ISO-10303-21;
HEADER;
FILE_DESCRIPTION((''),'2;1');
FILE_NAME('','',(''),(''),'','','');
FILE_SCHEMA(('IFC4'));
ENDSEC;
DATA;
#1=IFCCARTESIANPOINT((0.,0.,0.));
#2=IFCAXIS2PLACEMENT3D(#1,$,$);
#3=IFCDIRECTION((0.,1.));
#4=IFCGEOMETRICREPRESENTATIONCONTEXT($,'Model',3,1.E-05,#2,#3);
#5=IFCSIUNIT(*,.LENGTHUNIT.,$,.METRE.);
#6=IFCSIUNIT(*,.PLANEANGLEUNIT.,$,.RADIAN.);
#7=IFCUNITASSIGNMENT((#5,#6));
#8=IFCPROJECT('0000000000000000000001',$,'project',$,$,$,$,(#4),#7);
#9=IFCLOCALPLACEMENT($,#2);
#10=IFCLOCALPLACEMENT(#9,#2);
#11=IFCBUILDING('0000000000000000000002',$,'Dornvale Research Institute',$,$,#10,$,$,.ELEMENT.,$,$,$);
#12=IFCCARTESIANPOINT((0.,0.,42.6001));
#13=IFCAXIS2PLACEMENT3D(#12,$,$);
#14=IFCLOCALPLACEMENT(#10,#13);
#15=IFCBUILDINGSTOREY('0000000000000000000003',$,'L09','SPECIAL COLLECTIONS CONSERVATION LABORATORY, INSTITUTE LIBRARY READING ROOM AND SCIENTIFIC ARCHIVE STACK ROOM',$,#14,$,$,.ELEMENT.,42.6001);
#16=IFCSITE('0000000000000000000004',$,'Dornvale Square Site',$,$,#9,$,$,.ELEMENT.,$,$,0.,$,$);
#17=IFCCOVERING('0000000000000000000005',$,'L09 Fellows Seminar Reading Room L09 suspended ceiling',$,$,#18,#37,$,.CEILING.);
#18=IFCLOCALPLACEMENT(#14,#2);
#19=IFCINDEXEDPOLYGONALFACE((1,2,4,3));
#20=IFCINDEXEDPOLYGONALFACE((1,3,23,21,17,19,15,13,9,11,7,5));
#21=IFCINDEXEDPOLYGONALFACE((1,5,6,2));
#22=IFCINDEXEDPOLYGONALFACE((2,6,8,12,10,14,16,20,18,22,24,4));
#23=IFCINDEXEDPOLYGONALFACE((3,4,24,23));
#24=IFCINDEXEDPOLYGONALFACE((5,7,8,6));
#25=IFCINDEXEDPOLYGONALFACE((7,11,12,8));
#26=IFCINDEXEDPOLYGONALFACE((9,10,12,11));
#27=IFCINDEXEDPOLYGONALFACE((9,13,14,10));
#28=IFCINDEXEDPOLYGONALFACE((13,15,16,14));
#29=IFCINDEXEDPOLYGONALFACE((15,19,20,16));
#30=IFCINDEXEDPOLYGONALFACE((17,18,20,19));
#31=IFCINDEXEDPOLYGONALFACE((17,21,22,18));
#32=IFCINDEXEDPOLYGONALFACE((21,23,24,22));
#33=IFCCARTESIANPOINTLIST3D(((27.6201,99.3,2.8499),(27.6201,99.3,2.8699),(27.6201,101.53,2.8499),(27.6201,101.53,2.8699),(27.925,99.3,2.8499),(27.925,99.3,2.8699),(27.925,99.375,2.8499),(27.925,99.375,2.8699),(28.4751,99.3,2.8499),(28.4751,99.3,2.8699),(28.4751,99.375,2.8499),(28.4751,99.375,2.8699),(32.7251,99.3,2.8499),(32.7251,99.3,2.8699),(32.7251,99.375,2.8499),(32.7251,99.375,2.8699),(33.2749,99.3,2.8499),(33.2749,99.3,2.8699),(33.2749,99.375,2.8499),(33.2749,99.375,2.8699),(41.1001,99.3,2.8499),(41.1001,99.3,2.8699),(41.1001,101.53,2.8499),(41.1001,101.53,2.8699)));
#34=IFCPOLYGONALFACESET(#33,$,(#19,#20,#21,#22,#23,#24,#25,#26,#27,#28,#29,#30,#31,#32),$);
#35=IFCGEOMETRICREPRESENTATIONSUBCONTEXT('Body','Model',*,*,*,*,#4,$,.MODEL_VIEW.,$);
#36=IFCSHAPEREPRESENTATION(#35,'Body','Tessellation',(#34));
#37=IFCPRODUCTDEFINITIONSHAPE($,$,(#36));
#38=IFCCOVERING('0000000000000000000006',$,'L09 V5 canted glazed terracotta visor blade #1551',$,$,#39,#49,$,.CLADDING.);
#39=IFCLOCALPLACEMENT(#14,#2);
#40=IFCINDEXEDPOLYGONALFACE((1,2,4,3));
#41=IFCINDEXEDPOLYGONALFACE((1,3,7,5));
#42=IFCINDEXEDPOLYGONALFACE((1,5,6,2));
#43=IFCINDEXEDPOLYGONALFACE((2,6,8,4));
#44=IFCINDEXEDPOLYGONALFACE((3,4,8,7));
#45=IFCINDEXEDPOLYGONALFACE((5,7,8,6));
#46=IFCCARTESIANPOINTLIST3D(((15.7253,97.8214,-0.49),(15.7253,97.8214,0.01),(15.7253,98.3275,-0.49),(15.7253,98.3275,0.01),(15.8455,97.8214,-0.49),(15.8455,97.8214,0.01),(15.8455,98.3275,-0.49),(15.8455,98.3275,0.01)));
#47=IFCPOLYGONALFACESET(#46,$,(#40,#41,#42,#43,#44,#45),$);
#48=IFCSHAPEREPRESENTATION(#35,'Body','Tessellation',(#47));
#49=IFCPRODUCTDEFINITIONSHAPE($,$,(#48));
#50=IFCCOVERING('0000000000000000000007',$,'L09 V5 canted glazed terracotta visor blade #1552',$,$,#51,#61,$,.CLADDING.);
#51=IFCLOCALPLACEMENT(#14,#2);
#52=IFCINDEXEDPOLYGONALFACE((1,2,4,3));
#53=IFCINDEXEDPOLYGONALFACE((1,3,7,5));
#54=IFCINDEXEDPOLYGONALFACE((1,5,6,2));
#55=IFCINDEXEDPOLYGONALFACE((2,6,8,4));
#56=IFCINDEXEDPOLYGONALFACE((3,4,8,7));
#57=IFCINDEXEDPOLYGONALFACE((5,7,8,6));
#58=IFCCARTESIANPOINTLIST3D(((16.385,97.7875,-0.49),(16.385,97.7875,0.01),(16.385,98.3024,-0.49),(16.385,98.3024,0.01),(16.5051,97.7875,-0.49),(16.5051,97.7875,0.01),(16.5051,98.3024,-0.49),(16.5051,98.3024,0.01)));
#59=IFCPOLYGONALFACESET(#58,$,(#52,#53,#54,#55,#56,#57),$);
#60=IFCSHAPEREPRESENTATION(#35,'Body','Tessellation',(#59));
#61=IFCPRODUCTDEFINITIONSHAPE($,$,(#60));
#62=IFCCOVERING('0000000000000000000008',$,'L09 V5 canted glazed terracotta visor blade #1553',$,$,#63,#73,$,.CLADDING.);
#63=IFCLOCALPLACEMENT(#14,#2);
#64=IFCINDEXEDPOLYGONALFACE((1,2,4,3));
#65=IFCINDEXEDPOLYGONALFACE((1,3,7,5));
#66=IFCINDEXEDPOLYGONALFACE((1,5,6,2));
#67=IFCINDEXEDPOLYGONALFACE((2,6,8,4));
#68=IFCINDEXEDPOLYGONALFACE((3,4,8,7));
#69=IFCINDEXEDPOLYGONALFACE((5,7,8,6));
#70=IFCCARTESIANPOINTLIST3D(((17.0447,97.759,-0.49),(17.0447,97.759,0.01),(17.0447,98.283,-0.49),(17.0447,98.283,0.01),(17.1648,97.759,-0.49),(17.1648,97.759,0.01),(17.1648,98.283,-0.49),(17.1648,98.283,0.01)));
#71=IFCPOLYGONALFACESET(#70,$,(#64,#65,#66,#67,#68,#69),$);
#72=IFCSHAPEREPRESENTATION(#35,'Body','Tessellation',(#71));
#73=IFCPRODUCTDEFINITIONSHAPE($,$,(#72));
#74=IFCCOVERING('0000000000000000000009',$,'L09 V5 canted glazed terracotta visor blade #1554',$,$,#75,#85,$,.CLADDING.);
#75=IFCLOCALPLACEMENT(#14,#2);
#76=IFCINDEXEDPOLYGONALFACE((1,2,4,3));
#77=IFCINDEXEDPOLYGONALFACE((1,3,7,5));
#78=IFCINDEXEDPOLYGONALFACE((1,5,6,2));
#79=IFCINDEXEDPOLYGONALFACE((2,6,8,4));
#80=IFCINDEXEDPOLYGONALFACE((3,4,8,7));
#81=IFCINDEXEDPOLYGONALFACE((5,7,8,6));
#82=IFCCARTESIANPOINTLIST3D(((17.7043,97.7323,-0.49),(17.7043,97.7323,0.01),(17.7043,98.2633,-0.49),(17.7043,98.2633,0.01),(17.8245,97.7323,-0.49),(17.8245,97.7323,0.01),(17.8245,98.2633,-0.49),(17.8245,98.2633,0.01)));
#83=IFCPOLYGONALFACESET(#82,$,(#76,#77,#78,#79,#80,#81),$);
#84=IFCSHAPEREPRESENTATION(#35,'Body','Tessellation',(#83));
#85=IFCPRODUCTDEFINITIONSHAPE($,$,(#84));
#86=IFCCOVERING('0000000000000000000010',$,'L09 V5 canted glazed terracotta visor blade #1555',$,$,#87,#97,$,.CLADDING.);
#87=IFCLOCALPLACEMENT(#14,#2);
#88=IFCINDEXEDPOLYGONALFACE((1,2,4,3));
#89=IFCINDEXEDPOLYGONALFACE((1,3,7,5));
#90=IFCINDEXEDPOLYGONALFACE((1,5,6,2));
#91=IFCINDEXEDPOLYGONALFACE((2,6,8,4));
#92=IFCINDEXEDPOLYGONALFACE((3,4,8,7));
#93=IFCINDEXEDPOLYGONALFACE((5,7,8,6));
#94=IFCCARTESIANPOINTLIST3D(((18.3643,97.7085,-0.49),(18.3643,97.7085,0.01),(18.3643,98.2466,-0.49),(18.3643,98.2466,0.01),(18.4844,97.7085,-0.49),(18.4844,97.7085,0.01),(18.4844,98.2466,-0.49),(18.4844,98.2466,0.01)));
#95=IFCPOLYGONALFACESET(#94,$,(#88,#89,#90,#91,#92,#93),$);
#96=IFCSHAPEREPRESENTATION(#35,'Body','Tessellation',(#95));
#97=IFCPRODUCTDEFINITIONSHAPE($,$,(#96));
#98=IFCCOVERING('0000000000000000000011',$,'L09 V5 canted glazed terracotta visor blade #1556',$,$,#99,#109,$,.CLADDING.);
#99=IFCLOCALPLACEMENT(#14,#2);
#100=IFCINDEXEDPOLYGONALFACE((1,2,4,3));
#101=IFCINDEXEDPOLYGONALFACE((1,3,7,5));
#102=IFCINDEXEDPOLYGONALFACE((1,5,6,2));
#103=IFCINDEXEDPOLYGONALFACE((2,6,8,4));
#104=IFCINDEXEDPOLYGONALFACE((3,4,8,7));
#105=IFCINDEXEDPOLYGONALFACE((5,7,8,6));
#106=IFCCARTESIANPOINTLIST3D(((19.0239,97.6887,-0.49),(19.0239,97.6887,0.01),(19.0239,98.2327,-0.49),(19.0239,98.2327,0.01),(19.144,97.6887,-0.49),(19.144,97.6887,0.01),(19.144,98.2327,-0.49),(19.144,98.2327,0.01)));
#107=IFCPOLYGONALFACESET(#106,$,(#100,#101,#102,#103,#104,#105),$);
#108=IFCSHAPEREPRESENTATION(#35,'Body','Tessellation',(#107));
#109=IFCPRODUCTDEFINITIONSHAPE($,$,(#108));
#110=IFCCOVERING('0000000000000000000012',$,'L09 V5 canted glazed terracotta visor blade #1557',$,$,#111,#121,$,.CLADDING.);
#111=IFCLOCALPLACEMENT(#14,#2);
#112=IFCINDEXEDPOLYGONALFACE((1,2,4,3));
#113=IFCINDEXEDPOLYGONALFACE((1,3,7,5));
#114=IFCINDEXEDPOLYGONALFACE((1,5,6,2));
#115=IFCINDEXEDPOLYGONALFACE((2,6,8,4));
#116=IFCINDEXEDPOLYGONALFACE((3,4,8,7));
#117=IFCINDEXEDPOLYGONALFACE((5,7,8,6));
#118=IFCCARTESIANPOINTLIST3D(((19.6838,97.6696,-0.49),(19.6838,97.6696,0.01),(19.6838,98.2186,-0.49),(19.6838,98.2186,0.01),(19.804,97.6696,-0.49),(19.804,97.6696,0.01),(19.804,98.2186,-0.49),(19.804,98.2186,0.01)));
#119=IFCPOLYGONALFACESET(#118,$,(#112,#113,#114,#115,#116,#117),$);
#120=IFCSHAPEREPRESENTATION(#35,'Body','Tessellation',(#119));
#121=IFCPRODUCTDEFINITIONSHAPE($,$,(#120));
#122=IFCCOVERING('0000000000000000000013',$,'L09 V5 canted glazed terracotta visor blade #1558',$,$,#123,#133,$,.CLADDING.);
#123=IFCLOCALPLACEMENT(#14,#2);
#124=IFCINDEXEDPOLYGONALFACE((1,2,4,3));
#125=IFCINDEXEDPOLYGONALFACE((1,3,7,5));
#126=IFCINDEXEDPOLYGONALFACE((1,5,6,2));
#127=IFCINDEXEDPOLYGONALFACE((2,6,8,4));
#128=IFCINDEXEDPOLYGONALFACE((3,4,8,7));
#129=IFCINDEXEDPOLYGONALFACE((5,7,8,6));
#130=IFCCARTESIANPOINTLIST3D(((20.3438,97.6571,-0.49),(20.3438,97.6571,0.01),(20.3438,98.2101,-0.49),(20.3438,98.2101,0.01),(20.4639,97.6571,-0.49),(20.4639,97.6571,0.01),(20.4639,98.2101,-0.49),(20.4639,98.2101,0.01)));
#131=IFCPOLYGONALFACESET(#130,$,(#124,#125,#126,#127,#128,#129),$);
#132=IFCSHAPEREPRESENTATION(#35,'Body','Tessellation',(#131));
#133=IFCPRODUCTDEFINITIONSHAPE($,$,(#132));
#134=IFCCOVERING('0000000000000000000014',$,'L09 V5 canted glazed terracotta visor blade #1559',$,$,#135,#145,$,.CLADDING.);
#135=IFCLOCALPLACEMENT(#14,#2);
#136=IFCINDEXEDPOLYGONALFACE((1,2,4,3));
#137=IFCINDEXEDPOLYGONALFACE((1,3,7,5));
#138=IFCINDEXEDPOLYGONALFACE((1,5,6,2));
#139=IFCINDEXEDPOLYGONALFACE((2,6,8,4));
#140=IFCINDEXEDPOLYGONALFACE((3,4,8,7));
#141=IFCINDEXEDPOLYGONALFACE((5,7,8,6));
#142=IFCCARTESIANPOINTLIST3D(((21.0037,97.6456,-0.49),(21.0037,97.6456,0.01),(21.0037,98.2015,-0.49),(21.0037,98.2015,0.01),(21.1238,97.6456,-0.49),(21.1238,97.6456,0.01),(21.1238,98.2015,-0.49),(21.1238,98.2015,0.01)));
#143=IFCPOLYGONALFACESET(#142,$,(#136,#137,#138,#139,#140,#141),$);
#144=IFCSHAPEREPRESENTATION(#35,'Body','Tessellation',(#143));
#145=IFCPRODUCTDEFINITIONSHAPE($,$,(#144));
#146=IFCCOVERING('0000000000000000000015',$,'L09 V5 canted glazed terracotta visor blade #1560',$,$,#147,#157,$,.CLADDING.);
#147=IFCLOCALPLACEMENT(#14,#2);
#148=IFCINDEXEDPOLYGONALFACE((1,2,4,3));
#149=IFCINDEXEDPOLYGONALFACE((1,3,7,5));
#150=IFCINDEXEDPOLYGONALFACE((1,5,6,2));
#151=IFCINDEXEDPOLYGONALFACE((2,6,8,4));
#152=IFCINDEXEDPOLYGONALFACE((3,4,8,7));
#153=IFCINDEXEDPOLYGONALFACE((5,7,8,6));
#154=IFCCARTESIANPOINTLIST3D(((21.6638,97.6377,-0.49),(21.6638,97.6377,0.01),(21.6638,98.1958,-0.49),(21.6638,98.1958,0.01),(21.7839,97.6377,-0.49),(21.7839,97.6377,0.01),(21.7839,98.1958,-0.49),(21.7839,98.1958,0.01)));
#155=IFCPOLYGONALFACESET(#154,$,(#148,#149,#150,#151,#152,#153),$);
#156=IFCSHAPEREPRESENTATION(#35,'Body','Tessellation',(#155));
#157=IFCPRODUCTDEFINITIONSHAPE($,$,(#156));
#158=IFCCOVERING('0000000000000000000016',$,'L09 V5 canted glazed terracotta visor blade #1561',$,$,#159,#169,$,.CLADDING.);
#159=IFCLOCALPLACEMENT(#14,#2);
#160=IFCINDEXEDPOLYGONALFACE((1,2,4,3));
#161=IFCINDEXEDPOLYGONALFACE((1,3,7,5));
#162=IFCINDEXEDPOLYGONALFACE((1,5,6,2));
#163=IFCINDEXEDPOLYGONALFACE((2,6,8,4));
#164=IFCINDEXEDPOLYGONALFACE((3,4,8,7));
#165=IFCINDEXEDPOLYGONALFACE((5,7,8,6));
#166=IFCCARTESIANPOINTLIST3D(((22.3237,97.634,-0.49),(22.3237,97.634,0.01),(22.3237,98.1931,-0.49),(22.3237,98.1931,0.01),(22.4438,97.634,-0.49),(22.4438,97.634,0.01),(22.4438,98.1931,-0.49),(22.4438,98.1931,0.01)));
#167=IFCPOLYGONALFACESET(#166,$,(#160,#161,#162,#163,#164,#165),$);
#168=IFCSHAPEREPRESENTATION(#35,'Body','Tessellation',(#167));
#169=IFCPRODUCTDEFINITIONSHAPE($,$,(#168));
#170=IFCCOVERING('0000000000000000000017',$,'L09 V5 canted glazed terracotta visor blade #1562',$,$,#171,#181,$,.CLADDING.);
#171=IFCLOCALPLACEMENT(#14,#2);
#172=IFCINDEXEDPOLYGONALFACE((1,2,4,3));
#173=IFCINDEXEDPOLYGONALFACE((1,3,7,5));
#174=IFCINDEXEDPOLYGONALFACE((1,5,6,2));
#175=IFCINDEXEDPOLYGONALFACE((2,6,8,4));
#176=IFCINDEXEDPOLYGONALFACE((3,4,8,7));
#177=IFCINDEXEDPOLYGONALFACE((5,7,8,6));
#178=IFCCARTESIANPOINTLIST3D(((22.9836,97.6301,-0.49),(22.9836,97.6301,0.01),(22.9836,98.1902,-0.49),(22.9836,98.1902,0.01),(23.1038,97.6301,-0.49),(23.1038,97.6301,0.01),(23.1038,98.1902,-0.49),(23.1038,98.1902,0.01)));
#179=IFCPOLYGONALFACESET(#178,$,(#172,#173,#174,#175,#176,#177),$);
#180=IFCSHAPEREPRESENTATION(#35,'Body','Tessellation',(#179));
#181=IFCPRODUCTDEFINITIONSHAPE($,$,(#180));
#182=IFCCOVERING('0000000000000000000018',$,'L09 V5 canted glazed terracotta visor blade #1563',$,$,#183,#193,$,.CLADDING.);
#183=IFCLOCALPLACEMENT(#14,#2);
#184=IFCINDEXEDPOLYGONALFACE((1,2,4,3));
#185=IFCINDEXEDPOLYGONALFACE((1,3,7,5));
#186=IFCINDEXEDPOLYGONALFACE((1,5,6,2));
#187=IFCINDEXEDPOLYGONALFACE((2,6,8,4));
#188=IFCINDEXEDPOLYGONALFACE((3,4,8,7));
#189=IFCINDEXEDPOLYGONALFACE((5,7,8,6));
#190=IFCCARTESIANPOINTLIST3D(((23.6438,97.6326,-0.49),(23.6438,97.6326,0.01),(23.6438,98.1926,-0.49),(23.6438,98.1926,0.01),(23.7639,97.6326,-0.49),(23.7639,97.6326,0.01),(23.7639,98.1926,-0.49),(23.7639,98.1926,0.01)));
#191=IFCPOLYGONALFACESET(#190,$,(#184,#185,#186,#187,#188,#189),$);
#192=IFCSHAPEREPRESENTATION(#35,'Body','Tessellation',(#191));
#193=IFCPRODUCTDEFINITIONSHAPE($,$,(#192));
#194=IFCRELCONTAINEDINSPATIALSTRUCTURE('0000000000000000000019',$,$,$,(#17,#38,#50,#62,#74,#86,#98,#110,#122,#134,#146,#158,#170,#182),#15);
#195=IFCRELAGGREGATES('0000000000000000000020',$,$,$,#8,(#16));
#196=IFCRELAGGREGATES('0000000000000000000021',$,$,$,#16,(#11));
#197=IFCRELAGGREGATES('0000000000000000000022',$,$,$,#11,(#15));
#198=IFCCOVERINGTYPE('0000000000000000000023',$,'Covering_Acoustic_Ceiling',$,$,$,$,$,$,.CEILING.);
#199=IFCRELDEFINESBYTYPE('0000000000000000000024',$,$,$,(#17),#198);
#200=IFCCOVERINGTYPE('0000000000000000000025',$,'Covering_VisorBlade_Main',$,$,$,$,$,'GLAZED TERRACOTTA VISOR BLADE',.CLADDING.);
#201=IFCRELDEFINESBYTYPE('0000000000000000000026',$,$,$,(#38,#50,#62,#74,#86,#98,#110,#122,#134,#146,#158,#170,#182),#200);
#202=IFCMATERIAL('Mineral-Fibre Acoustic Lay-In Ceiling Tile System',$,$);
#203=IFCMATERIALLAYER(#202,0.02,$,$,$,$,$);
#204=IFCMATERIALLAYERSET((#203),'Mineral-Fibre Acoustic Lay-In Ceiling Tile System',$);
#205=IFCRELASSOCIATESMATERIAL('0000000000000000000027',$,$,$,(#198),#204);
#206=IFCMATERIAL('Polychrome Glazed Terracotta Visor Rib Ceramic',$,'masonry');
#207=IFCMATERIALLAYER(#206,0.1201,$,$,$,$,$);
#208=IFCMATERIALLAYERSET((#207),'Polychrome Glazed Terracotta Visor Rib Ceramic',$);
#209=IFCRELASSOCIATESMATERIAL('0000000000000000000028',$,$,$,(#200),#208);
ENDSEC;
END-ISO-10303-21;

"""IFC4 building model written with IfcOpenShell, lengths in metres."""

from ifc_helpers import new_model, si_unit, direction, frame, origin, origin_2d, place, context, subcontext, project, spatial, polyline, rectangle, outline, extrude, material, layer, layer_set, type_object, element, save


model = new_model("IFC4")

# Units and contexts
model_context = context("Model", 3, precision=1e-05, world=origin(), true_north=direction((0.0, 1.0)))
body_context = subcontext(model_context, "Body", "Model", "MODEL_VIEW")
ifc_project = project(units=[si_unit("LENGTHUNIT", "METRE"), si_unit("PLANEANGLEUNIT", "RADIAN")], contexts=[model_context])

# Site, building, storey
site_placement = place(None, origin())
site = spatial("IfcSite", under=ifc_project, at=site_placement, Name="Dornvale Square Site", CompositionType="ELEMENT", RefElevation=0.0)
building_placement = place(site_placement, origin())
building = spatial("IfcBuilding", under=site, at=building_placement, Name="Dornvale Research Institute", CompositionType="ELEMENT")
storey_placement = place(building_placement, frame((0.0, 0.0, 42.6001)))
storey = spatial("IfcBuildingStorey", under=building, at=storey_placement, Name="L09", Description="SPECIAL COLLECTIONS CONSERVATION LABORATORY, INSTITUTE LIBRARY READING ROOM AND SCIENTIFIC ARCHIVE STACK ROOM", CompositionType="ELEMENT", Elevation=42.6001)

# Coverings
ifc_material_1 = material(Name="Mineral-Fibre Acoustic Lay-In Ceiling Tile System")
ifc_layer_1 = layer(ifc_material_1, 0.02)
ifc_layer_set_1 = layer_set([ifc_layer_1], Name="Mineral-Fibre Acoustic Lay-In Ceiling Tile System")
covering_type_1 = type_object("IfcCoveringType", Name="Covering_Acoustic_Ceiling", PredefinedType="CEILING", material=ifc_layer_set_1)
covering_1_placement = place(storey_placement, frame((0.0, 0.0, 2.8499)))
element("IfcCovering", 1, at=covering_1_placement, inside=storey, type_object=covering_type_1, Name="L09 Fellows Seminar Reading Room L09 suspended ceiling", PredefinedType="CEILING", context=body_context, shape_type="SweptSolid", body=[
    extrude(outline(polyline([(32.7251, 99.3), (28.4751, 99.3), (28.4751, 99.375), (27.925, 99.375), (27.925, 99.3), (27.6201, 99.3), (27.6201, 101.53), (41.1001, 101.53), (41.1001, 99.3), (33.2749, 99.3), (33.2749, 99.375), (32.7251, 99.375), (32.7251, 99.3)])), origin(), (0.0, 0.0, 1.0), 0.02),
])
ifc_material_2 = material(Name="Polychrome Glazed Terracotta Visor Rib Ceramic", Category="masonry")
ifc_layer_2 = layer(ifc_material_2, 0.1201)
ifc_layer_set_2 = layer_set([ifc_layer_2], Name="Polychrome Glazed Terracotta Visor Rib Ceramic")
covering_type_2 = type_object("IfcCoveringType", Name="Covering_VisorBlade_Main", ElementType="GLAZED TERRACOTTA VISOR BLADE", PredefinedType="CLADDING", material=ifc_layer_set_2)
covering_2_placement = place(storey_placement, frame((15.7854, 98.0745, -0.49), z_axis=(0.0, 0.0, 1.0), x_axis=(0.0, 1.0, 0.0)))
element("IfcCovering", 2, at=covering_2_placement, inside=storey, type_object=covering_type_2, Name="L09 V5 canted glazed terracotta visor blade #1551", PredefinedType="CLADDING", context=body_context, shape_type="SweptSolid", body=[
    extrude(rectangle(XDim=0.5061, YDim=0.1201, at=origin_2d()), origin(), (0.0, 0.0, 1.0), 0.5),
])
covering_3_placement = place(storey_placement, frame((16.4451, 98.0449, -0.49), z_axis=(0.0, 0.0, 1.0), x_axis=(0.0, 1.0, 0.0)))
element("IfcCovering", 3, at=covering_3_placement, inside=storey, type_object=covering_type_2, Name="L09 V5 canted glazed terracotta visor blade #1552", PredefinedType="CLADDING", context=body_context, shape_type="SweptSolid", body=[
    extrude(rectangle(XDim=0.5149, YDim=0.1201, at=origin_2d()), origin(), (0.0, 0.0, 1.0), 0.5),
])
covering_4_placement = place(storey_placement, frame((17.1047, 98.021, -0.49), z_axis=(0.0, 0.0, 1.0), x_axis=(0.0, 1.0, 0.0)))
element("IfcCovering", 4, at=covering_4_placement, inside=storey, type_object=covering_type_2, Name="L09 V5 canted glazed terracotta visor blade #1553", PredefinedType="CLADDING", context=body_context, shape_type="SweptSolid", body=[
    extrude(rectangle(XDim=0.5239, YDim=0.1201, at=origin_2d()), origin(), (0.0, 0.0, 1.0), 0.5),
])
covering_5_placement = place(storey_placement, frame((17.7644, 97.9978, -0.49), z_axis=(0.0, 0.0, 1.0), x_axis=(0.0, 1.0, 0.0)))
element("IfcCovering", 5, at=covering_5_placement, inside=storey, type_object=covering_type_2, Name="L09 V5 canted glazed terracotta visor blade #1554", PredefinedType="CLADDING", context=body_context, shape_type="SweptSolid", body=[
    extrude(rectangle(XDim=0.531, YDim=0.1201, at=origin_2d()), origin(), (0.0, 0.0, 1.0), 0.5),
])
covering_6_placement = place(storey_placement, frame((18.4243, 97.9775, -0.49), z_axis=(0.0, 0.0, 1.0), x_axis=(0.0, 1.0, 0.0)))
element("IfcCovering", 6, at=covering_6_placement, inside=storey, type_object=covering_type_2, Name="L09 V5 canted glazed terracotta visor blade #1555", PredefinedType="CLADDING", context=body_context, shape_type="SweptSolid", body=[
    extrude(rectangle(XDim=0.5381, YDim=0.1201, at=origin_2d()), origin(), (0.0, 0.0, 1.0), 0.5),
])
covering_7_placement = place(storey_placement, frame((19.084, 97.9607, -0.49), z_axis=(0.0, 0.0, 1.0), x_axis=(0.0, 1.0, 0.0)))
element("IfcCovering", 7, at=covering_7_placement, inside=storey, type_object=covering_type_2, Name="L09 V5 canted glazed terracotta visor blade #1556", PredefinedType="CLADDING", context=body_context, shape_type="SweptSolid", body=[
    extrude(rectangle(XDim=0.5439, YDim=0.1201, at=origin_2d()), origin(), (0.0, 0.0, 1.0), 0.5),
])
covering_8_placement = place(storey_placement, frame((19.7439, 97.9441, -0.49), z_axis=(0.0, 0.0, 1.0), x_axis=(0.0, 1.0, 0.0)))
element("IfcCovering", 8, at=covering_8_placement, inside=storey, type_object=covering_type_2, Name="L09 V5 canted glazed terracotta visor blade #1557", PredefinedType="CLADDING", context=body_context, shape_type="SweptSolid", body=[
    extrude(rectangle(XDim=0.5491, YDim=0.1201, at=origin_2d()), origin(), (0.0, 0.0, 1.0), 0.5),
])
covering_9_placement = place(storey_placement, frame((20.4038, 97.9336, -0.49), z_axis=(0.0, 0.0, 1.0), x_axis=(0.0, 1.0, 0.0)))
element("IfcCovering", 9, at=covering_9_placement, inside=storey, type_object=covering_type_2, Name="L09 V5 canted glazed terracotta visor blade #1558", PredefinedType="CLADDING", context=body_context, shape_type="SweptSolid", body=[
    extrude(rectangle(XDim=0.553, YDim=0.1201, at=origin_2d()), origin(), (0.0, 0.0, 1.0), 0.5),
])
covering_10_placement = place(storey_placement, frame((21.0637, 97.9236, -0.49), z_axis=(0.0, 0.0, 1.0), x_axis=(0.0, 1.0, 0.0)))
element("IfcCovering", 10, at=covering_10_placement, inside=storey, type_object=covering_type_2, Name="L09 V5 canted glazed terracotta visor blade #1559", PredefinedType="CLADDING", context=body_context, shape_type="SweptSolid", body=[
    extrude(rectangle(XDim=0.5559, YDim=0.1201, at=origin_2d()), origin(), (0.0, 0.0, 1.0), 0.5),
])
covering_11_placement = place(storey_placement, frame((21.7239, 97.9167, -0.49), z_axis=(0.0, 0.0, 1.0), x_axis=(0.0, 1.0, 0.0)))
element("IfcCovering", 11, at=covering_11_placement, inside=storey, type_object=covering_type_2, Name="L09 V5 canted glazed terracotta visor blade #1560", PredefinedType="CLADDING", context=body_context, shape_type="SweptSolid", body=[
    extrude(rectangle(XDim=0.5581, YDim=0.1201, at=origin_2d()), origin(), (0.0, 0.0, 1.0), 0.5),
])
covering_12_placement = place(storey_placement, frame((22.3838, 97.9136, -0.49), z_axis=(0.0, 0.0, 1.0), x_axis=(0.0, 1.0, 0.0)))
element("IfcCovering", 12, at=covering_12_placement, inside=storey, type_object=covering_type_2, Name="L09 V5 canted glazed terracotta visor blade #1561", PredefinedType="CLADDING", context=body_context, shape_type="SweptSolid", body=[
    extrude(rectangle(XDim=0.5591, YDim=0.1201, at=origin_2d()), origin(), (0.0, 0.0, 1.0), 0.5),
])
for number, where, z_axis, x_axis, name in (
    (13, (23.0437, 97.9102, -0.49), (0.0, 0.0, 1.0), (0.0, 1.0, 0.0), "L09 V5 canted glazed terracotta visor blade #1562"),
    (14, (23.7039, 97.9126, -0.49), (0.0, 0.0, 1.0), (0.0, 1.0, 0.0), "L09 V5 canted glazed terracotta visor blade #1563"),
):
    element("IfcCovering", number, at=place(storey_placement, frame(where, z_axis=z_axis, x_axis=x_axis)), inside=storey, type_object=covering_type_2, Name=name, PredefinedType="CLADDING", context=body_context, shape_type="SweptSolid", body=[
        extrude(rectangle(XDim=0.5601, YDim=0.1201, at=origin_2d()), origin(), (0.0, 0.0, 1.0), 0.5),
    ])

save(model, "model.ifc")
